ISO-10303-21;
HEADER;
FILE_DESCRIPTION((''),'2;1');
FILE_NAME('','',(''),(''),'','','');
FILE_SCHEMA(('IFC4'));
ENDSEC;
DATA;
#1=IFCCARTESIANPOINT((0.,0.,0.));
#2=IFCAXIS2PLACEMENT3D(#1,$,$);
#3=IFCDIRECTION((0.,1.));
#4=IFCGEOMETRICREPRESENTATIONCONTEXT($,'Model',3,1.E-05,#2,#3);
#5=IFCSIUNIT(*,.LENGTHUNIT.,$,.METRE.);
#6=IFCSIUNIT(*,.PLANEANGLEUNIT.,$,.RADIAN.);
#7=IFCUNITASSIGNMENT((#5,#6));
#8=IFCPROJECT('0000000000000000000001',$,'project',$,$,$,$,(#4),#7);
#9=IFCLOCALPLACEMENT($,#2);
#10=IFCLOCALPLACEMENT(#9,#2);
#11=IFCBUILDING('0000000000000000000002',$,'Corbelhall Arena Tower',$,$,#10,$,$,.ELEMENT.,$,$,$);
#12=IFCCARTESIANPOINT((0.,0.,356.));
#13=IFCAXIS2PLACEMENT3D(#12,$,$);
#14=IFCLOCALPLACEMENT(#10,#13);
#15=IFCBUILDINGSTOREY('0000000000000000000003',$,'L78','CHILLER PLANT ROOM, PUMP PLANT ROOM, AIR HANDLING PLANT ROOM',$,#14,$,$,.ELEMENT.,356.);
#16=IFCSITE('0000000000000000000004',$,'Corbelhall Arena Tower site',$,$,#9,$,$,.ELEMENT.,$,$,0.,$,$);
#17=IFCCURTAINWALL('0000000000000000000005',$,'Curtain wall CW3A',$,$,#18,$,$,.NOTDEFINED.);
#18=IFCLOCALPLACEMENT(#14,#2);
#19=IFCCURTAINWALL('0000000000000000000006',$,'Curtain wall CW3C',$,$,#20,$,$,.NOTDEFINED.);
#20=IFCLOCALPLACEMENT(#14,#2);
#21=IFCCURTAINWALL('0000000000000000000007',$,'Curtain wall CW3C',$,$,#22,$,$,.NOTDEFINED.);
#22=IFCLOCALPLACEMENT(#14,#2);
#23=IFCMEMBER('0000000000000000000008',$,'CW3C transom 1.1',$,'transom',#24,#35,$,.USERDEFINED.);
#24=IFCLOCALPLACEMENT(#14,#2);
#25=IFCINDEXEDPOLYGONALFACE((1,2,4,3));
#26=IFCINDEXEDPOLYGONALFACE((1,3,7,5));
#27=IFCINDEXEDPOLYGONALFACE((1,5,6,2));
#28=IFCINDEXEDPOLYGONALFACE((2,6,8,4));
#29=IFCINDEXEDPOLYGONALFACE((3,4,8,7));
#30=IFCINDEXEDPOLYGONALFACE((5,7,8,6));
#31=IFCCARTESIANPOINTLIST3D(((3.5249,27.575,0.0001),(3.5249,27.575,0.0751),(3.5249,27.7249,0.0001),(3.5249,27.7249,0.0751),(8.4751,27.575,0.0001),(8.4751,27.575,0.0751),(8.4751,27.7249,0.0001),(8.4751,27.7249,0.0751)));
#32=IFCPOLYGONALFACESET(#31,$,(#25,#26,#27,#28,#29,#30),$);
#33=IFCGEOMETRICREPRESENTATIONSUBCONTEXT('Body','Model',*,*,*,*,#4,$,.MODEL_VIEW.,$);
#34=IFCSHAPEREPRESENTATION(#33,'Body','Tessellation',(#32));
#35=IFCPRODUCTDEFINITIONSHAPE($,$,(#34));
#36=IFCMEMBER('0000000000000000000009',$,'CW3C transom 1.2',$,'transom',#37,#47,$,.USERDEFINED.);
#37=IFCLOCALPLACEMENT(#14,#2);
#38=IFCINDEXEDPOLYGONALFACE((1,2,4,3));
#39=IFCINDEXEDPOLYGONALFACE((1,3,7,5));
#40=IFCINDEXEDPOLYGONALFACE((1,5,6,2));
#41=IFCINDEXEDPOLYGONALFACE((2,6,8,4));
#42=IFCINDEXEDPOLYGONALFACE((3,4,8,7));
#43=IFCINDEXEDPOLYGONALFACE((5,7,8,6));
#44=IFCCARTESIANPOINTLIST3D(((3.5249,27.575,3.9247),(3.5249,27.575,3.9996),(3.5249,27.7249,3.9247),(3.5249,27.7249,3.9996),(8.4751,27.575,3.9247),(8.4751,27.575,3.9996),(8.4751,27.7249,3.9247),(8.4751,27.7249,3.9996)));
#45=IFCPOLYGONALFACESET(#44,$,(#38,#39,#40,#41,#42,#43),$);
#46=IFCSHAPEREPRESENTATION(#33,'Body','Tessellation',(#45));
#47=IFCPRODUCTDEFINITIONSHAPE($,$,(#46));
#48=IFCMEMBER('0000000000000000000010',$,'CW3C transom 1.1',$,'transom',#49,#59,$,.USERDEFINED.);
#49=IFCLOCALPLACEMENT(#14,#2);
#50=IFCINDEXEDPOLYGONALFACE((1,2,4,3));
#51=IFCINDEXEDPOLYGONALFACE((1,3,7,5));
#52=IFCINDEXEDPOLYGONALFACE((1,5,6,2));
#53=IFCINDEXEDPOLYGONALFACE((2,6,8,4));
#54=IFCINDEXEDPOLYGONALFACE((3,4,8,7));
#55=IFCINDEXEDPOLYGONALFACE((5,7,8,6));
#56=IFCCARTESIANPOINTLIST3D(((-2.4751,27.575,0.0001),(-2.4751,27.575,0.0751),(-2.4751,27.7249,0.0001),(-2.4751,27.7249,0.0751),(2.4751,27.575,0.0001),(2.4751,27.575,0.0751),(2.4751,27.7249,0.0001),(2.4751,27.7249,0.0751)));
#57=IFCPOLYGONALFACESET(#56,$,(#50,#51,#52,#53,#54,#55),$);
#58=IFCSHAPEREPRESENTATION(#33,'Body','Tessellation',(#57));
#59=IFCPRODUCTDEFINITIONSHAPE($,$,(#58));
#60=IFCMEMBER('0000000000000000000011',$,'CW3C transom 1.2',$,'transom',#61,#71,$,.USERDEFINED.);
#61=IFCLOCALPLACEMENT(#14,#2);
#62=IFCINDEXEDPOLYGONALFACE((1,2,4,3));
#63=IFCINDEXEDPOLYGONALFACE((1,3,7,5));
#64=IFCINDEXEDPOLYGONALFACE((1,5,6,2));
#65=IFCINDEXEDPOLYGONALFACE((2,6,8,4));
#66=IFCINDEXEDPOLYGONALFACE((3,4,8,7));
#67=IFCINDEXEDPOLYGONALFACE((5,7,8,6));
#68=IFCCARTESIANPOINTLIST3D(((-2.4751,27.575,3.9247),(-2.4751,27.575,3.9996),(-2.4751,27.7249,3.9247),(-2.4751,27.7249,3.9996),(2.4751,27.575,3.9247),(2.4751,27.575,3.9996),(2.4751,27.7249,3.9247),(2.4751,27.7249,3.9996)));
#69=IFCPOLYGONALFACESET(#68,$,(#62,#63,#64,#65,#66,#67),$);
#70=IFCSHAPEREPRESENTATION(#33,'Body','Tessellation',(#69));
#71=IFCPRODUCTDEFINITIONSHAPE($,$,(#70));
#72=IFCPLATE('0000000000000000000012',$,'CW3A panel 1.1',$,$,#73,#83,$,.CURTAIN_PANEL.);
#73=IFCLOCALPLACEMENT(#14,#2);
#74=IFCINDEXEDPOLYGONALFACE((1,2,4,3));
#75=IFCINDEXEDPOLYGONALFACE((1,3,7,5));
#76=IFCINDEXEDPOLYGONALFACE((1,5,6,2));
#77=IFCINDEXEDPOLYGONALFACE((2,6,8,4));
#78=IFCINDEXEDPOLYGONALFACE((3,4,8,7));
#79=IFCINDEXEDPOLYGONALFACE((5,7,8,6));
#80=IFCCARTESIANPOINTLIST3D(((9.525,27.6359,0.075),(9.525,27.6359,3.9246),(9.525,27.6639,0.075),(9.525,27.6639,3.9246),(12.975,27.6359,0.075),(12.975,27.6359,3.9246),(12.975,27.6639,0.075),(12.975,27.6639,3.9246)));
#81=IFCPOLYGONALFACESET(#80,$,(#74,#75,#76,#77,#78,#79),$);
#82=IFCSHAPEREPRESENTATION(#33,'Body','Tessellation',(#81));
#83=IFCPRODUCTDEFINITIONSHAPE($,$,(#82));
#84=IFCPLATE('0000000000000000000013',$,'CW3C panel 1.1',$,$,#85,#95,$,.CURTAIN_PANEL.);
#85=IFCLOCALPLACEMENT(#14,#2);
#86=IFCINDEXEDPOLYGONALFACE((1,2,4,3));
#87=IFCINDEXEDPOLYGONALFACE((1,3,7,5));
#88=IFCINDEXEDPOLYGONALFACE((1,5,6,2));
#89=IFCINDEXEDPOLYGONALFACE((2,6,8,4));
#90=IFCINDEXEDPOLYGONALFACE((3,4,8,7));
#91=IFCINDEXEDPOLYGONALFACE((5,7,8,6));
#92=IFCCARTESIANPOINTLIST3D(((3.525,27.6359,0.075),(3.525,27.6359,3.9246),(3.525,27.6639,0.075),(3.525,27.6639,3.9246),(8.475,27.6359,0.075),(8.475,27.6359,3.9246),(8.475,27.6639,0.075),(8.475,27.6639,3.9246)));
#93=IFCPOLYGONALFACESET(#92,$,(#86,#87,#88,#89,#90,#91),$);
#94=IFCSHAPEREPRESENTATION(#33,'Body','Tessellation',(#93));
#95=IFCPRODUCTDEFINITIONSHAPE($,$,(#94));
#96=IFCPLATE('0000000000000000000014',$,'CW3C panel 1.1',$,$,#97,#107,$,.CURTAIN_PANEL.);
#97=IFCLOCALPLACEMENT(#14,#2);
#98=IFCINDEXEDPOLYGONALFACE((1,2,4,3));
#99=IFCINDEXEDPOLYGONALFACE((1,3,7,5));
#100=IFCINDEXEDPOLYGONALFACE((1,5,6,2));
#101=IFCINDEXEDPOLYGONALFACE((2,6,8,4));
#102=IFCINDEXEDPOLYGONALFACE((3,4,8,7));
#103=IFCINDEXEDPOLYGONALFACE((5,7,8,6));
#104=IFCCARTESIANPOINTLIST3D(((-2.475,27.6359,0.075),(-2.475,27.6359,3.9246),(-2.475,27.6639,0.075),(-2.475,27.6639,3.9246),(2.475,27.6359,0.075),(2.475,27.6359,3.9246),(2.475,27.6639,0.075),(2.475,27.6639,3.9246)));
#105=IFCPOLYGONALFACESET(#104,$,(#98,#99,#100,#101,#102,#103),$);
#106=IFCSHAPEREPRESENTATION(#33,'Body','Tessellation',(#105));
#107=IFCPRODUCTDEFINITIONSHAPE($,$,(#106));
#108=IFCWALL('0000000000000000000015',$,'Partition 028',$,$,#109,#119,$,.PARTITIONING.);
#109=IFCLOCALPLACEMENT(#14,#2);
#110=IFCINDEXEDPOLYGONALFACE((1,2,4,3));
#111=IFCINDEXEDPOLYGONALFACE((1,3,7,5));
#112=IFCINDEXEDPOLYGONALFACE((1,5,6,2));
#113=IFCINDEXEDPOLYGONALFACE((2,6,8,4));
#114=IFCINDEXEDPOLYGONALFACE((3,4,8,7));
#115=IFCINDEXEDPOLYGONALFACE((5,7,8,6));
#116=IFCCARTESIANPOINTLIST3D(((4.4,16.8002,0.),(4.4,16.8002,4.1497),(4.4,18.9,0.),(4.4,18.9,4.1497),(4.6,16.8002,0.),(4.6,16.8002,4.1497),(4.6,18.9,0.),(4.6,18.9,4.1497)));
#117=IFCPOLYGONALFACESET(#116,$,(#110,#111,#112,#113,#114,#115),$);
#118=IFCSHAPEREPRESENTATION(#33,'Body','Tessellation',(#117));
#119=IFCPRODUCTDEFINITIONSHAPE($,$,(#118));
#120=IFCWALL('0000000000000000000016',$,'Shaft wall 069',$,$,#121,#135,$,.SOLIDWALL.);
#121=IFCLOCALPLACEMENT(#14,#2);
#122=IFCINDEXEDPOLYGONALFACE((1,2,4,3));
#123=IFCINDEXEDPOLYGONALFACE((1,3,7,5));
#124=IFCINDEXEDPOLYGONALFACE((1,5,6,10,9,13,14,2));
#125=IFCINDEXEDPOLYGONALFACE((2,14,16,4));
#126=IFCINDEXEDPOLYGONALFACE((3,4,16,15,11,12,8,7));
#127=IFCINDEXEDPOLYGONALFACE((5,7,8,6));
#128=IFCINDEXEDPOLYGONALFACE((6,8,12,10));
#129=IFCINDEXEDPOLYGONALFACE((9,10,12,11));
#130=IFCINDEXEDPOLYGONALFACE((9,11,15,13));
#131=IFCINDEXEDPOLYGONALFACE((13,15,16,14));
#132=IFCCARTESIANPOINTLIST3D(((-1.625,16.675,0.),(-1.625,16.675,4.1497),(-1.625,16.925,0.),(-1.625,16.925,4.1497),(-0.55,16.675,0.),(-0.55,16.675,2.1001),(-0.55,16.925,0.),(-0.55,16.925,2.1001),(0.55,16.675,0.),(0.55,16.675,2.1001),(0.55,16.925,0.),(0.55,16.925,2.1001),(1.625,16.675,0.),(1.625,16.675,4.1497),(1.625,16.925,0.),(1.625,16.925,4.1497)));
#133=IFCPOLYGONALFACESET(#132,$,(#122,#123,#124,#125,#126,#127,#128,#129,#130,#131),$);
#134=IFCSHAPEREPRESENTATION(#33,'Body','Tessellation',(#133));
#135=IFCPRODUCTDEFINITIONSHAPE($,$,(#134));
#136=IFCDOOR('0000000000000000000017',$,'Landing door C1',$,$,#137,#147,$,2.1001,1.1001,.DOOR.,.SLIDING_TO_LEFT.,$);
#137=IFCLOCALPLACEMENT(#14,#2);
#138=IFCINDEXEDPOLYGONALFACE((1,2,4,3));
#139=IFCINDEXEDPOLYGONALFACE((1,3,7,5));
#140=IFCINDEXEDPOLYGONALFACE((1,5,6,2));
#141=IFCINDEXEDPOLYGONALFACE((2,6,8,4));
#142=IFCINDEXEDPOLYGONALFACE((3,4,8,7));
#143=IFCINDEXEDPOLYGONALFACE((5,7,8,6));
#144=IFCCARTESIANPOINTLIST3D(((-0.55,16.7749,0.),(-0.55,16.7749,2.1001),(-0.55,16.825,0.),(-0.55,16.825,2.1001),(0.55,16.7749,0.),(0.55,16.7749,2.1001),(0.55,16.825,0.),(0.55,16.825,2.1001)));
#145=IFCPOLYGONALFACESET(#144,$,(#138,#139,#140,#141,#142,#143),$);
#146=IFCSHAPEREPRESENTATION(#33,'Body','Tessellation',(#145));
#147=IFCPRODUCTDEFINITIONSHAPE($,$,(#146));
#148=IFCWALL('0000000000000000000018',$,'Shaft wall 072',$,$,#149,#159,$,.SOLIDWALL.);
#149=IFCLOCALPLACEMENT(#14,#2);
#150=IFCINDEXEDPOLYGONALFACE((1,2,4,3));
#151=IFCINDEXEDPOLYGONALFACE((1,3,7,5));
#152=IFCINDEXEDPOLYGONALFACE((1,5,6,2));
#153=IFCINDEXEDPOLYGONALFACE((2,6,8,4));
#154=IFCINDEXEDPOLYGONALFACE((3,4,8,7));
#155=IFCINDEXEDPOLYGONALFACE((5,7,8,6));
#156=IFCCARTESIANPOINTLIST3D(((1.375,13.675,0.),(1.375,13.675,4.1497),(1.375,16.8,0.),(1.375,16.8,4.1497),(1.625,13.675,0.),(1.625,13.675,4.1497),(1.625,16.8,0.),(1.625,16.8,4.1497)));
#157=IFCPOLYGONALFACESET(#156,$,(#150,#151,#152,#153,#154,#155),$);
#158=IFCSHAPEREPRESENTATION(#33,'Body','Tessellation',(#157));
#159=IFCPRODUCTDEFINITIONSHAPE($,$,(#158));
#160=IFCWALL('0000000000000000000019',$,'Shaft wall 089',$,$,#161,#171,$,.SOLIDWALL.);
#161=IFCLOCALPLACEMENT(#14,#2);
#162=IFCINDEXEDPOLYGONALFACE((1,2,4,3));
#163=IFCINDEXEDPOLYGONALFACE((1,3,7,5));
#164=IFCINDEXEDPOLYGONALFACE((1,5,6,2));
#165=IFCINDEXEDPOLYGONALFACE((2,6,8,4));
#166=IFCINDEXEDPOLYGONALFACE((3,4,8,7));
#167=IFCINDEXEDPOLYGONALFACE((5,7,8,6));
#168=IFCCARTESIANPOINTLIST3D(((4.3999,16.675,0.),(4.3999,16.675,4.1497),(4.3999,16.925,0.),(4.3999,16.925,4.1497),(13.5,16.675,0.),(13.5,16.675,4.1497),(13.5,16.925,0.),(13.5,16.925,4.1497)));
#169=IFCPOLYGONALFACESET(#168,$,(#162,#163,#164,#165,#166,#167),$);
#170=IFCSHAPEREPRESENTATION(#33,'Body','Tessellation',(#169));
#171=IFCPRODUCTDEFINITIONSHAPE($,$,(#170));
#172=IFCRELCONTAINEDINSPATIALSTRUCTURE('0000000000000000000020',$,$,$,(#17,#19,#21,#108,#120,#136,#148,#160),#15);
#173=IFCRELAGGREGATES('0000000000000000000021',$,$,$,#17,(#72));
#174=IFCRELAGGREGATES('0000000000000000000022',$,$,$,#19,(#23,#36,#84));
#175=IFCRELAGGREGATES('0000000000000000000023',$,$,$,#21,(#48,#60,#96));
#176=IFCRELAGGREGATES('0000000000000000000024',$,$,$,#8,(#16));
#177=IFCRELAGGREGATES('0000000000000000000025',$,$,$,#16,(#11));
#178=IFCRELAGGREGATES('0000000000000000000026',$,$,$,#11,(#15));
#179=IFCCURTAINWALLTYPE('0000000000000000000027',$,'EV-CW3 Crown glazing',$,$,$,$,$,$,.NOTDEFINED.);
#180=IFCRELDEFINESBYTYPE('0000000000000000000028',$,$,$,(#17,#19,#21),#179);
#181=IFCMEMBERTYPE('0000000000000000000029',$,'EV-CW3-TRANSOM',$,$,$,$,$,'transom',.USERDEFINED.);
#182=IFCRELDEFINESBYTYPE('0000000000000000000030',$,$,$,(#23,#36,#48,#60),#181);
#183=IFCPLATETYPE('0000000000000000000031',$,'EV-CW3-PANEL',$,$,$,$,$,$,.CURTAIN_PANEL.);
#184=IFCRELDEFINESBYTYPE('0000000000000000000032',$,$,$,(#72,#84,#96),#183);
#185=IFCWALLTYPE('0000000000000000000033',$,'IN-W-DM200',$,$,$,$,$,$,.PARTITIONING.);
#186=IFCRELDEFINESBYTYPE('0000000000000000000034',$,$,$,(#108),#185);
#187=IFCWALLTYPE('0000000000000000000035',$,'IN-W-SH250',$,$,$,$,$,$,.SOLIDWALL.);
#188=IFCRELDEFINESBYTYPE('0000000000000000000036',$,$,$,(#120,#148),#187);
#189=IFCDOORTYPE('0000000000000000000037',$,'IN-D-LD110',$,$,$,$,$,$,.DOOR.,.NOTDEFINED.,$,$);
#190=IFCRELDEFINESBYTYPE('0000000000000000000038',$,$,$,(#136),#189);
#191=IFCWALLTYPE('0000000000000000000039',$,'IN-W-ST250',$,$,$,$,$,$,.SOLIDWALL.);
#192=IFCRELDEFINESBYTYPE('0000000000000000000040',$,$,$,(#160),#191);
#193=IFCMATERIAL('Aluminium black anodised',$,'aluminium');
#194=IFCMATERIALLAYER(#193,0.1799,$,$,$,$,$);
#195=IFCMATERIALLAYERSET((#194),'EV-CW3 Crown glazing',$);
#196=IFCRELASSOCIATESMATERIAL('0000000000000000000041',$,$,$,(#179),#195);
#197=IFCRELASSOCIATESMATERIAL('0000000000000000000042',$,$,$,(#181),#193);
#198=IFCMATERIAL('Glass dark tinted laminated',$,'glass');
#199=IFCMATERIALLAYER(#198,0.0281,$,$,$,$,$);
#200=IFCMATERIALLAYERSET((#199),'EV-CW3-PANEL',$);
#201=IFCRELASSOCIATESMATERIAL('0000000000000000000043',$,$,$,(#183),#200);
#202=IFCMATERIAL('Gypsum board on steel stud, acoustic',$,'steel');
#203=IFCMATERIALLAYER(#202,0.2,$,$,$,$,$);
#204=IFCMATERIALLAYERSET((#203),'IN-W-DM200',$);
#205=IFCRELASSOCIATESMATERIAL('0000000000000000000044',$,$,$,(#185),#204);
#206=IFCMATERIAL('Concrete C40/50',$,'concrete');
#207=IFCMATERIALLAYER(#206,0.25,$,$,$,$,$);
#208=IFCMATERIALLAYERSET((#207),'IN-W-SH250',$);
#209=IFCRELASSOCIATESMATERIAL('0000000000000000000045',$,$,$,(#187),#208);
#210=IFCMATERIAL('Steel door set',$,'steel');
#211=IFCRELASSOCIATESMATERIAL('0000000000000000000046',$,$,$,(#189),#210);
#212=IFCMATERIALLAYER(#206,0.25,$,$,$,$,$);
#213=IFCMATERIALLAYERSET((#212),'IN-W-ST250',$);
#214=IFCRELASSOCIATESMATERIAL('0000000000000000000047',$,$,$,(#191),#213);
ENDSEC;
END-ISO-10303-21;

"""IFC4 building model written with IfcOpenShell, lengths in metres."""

from ifc_helpers import new_model, si_unit, direction, frame, frame_2d, origin, origin_2d, place, context, subcontext, project, spatial, rectangle, extrude, material, layer, layer_set, material_profile, profile_set, type_object, element, fill, aggregate, save


model = new_model("IFC4")

# Units and contexts
model_context = context("Model", 3, precision=1e-05, world=origin(), true_north=direction((0.0, 1.0)))
body_context = subcontext(model_context, "Body", "Model", "MODEL_VIEW")
ifc_project = project(units=[si_unit("LENGTHUNIT", "METRE"), si_unit("PLANEANGLEUNIT", "RADIAN")], contexts=[model_context])

# Site, building, storey
site_placement = place(None, origin())
site = spatial("IfcSite", under=ifc_project, at=site_placement, Name="Corbelhall Arena Tower site", CompositionType="ELEMENT", RefElevation=0.0)
building_placement = place(site_placement, origin())
building = spatial("IfcBuilding", under=site, at=building_placement, Name="Corbelhall Arena Tower", CompositionType="ELEMENT")
storey_placement = place(building_placement, frame((0.0, 0.0, 356.0)))
storey = spatial("IfcBuildingStorey", under=building, at=storey_placement, Name="L78", Description="CHILLER PLANT ROOM, PUMP PLANT ROOM, AIR HANDLING PLANT ROOM", CompositionType="ELEMENT", Elevation=356.0)

# Shared definitions
ifc_material_1 = material(Name="Aluminium black anodised", Category="aluminium")
ifc_layer_1 = layer(ifc_material_1, 0.1799)
ifc_layer_set_1 = layer_set([ifc_layer_1], Name="EV-CW3 Crown glazing")
curtain_wall_type = type_object("IfcCurtainWallType", Name="EV-CW3 Crown glazing", PredefinedType="NOTDEFINED", material=ifc_layer_set_1)

# Curtain walls
curtain_wall_1_placement = place(storey_placement, origin())
curtain_wall_1 = element("IfcCurtainWall", 1, at=curtain_wall_1_placement, inside=storey, type_object=curtain_wall_type, Name="Curtain wall CW3A", PredefinedType="NOTDEFINED")
curtain_wall_2_placement = place(storey_placement, origin())
curtain_wall_2 = element("IfcCurtainWall", 2, at=curtain_wall_2_placement, inside=storey, type_object=curtain_wall_type, Name="Curtain wall CW3C", PredefinedType="NOTDEFINED")
curtain_wall_3_placement = place(storey_placement, origin())
curtain_wall_3 = element("IfcCurtainWall", 3, at=curtain_wall_3_placement, inside=storey, type_object=curtain_wall_type, Name="Curtain wall CW3C", PredefinedType="NOTDEFINED")

# Members
ifc_material_profile_1 = material_profile(ifc_material_1, rectangle(XDim=0.1499, YDim=0.075, at=origin_2d()))
ifc_profile_set_1 = profile_set([ifc_material_profile_1], Name="Aluminium black anodised")
member_type_1 = type_object("IfcMemberType", Name="EV-CW3-TRANSOM", ElementType="transom", PredefinedType="USERDEFINED", material=ifc_profile_set_1)
member_1_placement = place(storey_placement, frame((8.4751, 27.6499, 0.0376), z_axis=(-1.0, 0.0, 0.0), x_axis=(0.0, -1.0, 0.0)))
member_1 = element("IfcMember", 4, at=member_1_placement, type_object=member_type_1, Name="CW3C transom 1.1", ObjectType="transom", PredefinedType="USERDEFINED", context=body_context, shape_type="SweptSolid", body=[
    extrude(rectangle(XDim=0.1499, YDim=0.075, at=origin_2d()), origin(), (0.0, 0.0, 1.0), 4.9502),
])
member_2_placement = place(storey_placement, frame((8.4751, 27.6499, 3.9622), z_axis=(-1.0, 0.0, 0.0), x_axis=(0.0, -1.0, 0.0)))
member_2 = element("IfcMember", 5, at=member_2_placement, type_object=member_type_1, Name="CW3C transom 1.2", ObjectType="transom", PredefinedType="USERDEFINED", context=body_context, shape_type="SweptSolid", body=[
    extrude(rectangle(XDim=0.1499, YDim=0.075, at=origin_2d()), origin(), (0.0, 0.0, 1.0), 4.9502),
])
member_3_placement = place(storey_placement, frame((2.4751, 27.6499, 0.0376), z_axis=(-1.0, 0.0, 0.0), x_axis=(0.0, -1.0, 0.0)))
member_3 = element("IfcMember", 6, at=member_3_placement, type_object=member_type_1, Name="CW3C transom 1.1", ObjectType="transom", PredefinedType="USERDEFINED", context=body_context, shape_type="SweptSolid", body=[
    extrude(rectangle(XDim=0.1499, YDim=0.075, at=origin_2d()), origin(), (0.0, 0.0, 1.0), 4.9502),
])
member_4_placement = place(storey_placement, frame((2.4751, 27.6499, 3.9622), z_axis=(-1.0, 0.0, 0.0), x_axis=(0.0, -1.0, 0.0)))
member_4 = element("IfcMember", 7, at=member_4_placement, type_object=member_type_1, Name="CW3C transom 1.2", ObjectType="transom", PredefinedType="USERDEFINED", context=body_context, shape_type="SweptSolid", body=[
    extrude(rectangle(XDim=0.1499, YDim=0.075, at=origin_2d()), origin(), (0.0, 0.0, 1.0), 4.9502),
])

# Plates
ifc_material_2 = material(Name="Glass dark tinted laminated", Category="glass")
ifc_layer_2 = layer(ifc_material_2, 0.0281)
ifc_layer_set_2 = layer_set([ifc_layer_2], Name="EV-CW3-PANEL")
plate_type = type_object("IfcPlateType", Name="EV-CW3-PANEL", PredefinedType="CURTAIN_PANEL", material=ifc_layer_set_2)
plate_1_placement = place(storey_placement, frame((11.25, 27.6499, 0.075), z_axis=(0.0, 0.0, 1.0), x_axis=(-1.0, 0.0, 0.0)))
plate_1 = element("IfcPlate", 8, at=plate_1_placement, type_object=plate_type, Name="CW3A panel 1.1", PredefinedType="CURTAIN_PANEL", context=body_context, shape_type="SweptSolid", body=[
    extrude(rectangle(XDim=3.45, YDim=0.0281, at=origin_2d()), origin(), (0.0, 0.0, 1.0), 3.8496),
])
aggregate(curtain_wall_1, [plate_1])
plate_2_placement = place(storey_placement, frame((6.0, 27.6499, 0.075), z_axis=(0.0, 0.0, 1.0), x_axis=(-1.0, 0.0, 0.0)))
plate_2 = element("IfcPlate", 9, at=plate_2_placement, type_object=plate_type, Name="CW3C panel 1.1", PredefinedType="CURTAIN_PANEL", context=body_context, shape_type="SweptSolid", body=[
    extrude(rectangle(XDim=4.95, YDim=0.0281, at=origin_2d()), origin(), (0.0, 0.0, 1.0), 3.8496),
])
aggregate(curtain_wall_2, [member_1, member_2, plate_2])
plate_3_placement = place(storey_placement, frame((0.0, 27.6499, 0.075), z_axis=(0.0, 0.0, 1.0), x_axis=(-1.0, 0.0, 0.0)))
plate_3 = element("IfcPlate", 10, at=plate_3_placement, type_object=plate_type, Name="CW3C panel 1.1", PredefinedType="CURTAIN_PANEL", context=body_context, shape_type="SweptSolid", body=[
    extrude(rectangle(XDim=4.95, YDim=0.0281, at=origin_2d()), origin(), (0.0, 0.0, 1.0), 3.8496),
])
aggregate(curtain_wall_3, [member_3, member_4, plate_3])

# Wall
ifc_material_3 = material(Name="Gypsum board on steel stud, acoustic", Category="steel")
ifc_layer_3 = layer(ifc_material_3, 0.2)
ifc_layer_set_3 = layer_set([ifc_layer_3], Name="IN-W-DM200")
wall_type_1 = type_object("IfcWallType", Name="IN-W-DM200", PredefinedType="PARTITIONING", material=ifc_layer_set_3)
wall_1_placement = place(storey_placement, frame((4.5, 18.8999, 0.0), z_axis=(0.0, 0.0, 1.0), x_axis=(0.0, -1.0, 0.0)))
element("IfcWall", 11, at=wall_1_placement, inside=storey, type_object=wall_type_1, Name="Partition 028", PredefinedType="PARTITIONING", context=body_context, shape_type="SweptSolid", body=[
    extrude(rectangle(XDim=2.0999, YDim=0.2, at=frame_2d((1.0498, 0.0))), origin(), (0.0, 0.0, 1.0), 4.1497),
])

# Wall, opening, door
ifc_material_4 = material(Name="Steel door set", Category="steel")
ifc_material_5 = material(Name="Concrete C40/50", Category="concrete")
ifc_layer_4 = layer(ifc_material_5, 0.25)
ifc_layer_set_4 = layer_set([ifc_layer_4], Name="IN-W-SH250")
wall_type_2 = type_object("IfcWallType", Name="IN-W-SH250", PredefinedType="SOLIDWALL", material=ifc_layer_set_4)
wall_2_placement = place(storey_placement, frame((-1.625, 16.8, 0.0), z_axis=(0.0, 0.0, 1.0), x_axis=(1.0, 0.0, 0.0)))
wall_2 = element("IfcWall", 12, at=wall_2_placement, inside=storey, type_object=wall_type_2, Name="Shaft wall 069", PredefinedType="SOLIDWALL", context=body_context, shape_type="SweptSolid", body=[
    extrude(rectangle(XDim=3.25, YDim=0.25, at=frame_2d((1.625, 0.0))), origin(), (0.0, 0.0, 1.0), 4.1497),
])
opening_1_placement = place(wall_2_placement, frame((1.075, 0.0, 0.0)))
opening_1 = element("IfcOpeningElement", 13, at=opening_1_placement, cuts=wall_2, PredefinedType="OPENING", context=body_context, shape_type="SweptSolid", body=[
    extrude(rectangle(XDim=1.1001, YDim=2.1001, at=frame_2d((0.55, 1.05))), frame((0.0, 0.125, 0.0), z_axis=(0.0, -1.0, 0.0), x_axis=(1.0, 0.0, 0.0)), (0.0, 0.0, 1.0), 0.25),
])
door_type_1 = type_object("IfcDoorType", Name="IN-D-LD110", OperationType="NOTDEFINED", PredefinedType="DOOR", material=ifc_material_4)
door_1_placement = place(opening_1_placement, origin())
door_1 = element("IfcDoor", 14, at=door_1_placement, inside=storey, type_object=door_type_1, Name="Landing door C1", OperationType="SLIDING_TO_LEFT", OverallHeight=2.1001, OverallWidth=1.1001, PredefinedType="DOOR", context=body_context, shape_type="SweptSolid", body=[
    extrude(rectangle(XDim=1.1001, YDim=2.1001, at=frame_2d((0.55, 1.05))), frame((0.0, 0.0249, 0.0), z_axis=(0.0, -1.0, 0.0), x_axis=(1.0, 0.0, 0.0)), (0.0, 0.0, 1.0), 0.05),
])
fill(opening_1, door_1)

# Walls
wall_3_placement = place(storey_placement, frame((1.5, 16.8, 0.0), z_axis=(0.0, 0.0, 1.0), x_axis=(0.0, -1.0, 0.0)))
element("IfcWall", 15, at=wall_3_placement, inside=storey, type_object=wall_type_2, Name="Shaft wall 072", PredefinedType="SOLIDWALL", context=body_context, shape_type="SweptSolid", body=[
    extrude(rectangle(XDim=3.125, YDim=0.25, at=frame_2d((1.5625, 0.0))), origin(), (0.0, 0.0, 1.0), 4.1497),
])
ifc_layer_5 = layer(ifc_material_5, 0.25)
ifc_layer_set_5 = layer_set([ifc_layer_5], Name="IN-W-ST250")
wall_type_3 = type_object("IfcWallType", Name="IN-W-ST250", PredefinedType="SOLIDWALL", material=ifc_layer_set_5)
wall_4_placement = place(storey_placement, frame((4.3999, 16.8, 0.0), z_axis=(0.0, 0.0, 1.0), x_axis=(1.0, 0.0, 0.0)))
element("IfcWall", 16, at=wall_4_placement, inside=storey, type_object=wall_type_3, Name="Shaft wall 089", PredefinedType="SOLIDWALL", context=body_context, shape_type="SweptSolid", body=[
    extrude(rectangle(XDim=9.1001, YDim=0.25, at=frame_2d((4.55, 0.0))), origin(), (0.0, 0.0, 1.0), 4.1497),
])

save(model, "model.ifc")
